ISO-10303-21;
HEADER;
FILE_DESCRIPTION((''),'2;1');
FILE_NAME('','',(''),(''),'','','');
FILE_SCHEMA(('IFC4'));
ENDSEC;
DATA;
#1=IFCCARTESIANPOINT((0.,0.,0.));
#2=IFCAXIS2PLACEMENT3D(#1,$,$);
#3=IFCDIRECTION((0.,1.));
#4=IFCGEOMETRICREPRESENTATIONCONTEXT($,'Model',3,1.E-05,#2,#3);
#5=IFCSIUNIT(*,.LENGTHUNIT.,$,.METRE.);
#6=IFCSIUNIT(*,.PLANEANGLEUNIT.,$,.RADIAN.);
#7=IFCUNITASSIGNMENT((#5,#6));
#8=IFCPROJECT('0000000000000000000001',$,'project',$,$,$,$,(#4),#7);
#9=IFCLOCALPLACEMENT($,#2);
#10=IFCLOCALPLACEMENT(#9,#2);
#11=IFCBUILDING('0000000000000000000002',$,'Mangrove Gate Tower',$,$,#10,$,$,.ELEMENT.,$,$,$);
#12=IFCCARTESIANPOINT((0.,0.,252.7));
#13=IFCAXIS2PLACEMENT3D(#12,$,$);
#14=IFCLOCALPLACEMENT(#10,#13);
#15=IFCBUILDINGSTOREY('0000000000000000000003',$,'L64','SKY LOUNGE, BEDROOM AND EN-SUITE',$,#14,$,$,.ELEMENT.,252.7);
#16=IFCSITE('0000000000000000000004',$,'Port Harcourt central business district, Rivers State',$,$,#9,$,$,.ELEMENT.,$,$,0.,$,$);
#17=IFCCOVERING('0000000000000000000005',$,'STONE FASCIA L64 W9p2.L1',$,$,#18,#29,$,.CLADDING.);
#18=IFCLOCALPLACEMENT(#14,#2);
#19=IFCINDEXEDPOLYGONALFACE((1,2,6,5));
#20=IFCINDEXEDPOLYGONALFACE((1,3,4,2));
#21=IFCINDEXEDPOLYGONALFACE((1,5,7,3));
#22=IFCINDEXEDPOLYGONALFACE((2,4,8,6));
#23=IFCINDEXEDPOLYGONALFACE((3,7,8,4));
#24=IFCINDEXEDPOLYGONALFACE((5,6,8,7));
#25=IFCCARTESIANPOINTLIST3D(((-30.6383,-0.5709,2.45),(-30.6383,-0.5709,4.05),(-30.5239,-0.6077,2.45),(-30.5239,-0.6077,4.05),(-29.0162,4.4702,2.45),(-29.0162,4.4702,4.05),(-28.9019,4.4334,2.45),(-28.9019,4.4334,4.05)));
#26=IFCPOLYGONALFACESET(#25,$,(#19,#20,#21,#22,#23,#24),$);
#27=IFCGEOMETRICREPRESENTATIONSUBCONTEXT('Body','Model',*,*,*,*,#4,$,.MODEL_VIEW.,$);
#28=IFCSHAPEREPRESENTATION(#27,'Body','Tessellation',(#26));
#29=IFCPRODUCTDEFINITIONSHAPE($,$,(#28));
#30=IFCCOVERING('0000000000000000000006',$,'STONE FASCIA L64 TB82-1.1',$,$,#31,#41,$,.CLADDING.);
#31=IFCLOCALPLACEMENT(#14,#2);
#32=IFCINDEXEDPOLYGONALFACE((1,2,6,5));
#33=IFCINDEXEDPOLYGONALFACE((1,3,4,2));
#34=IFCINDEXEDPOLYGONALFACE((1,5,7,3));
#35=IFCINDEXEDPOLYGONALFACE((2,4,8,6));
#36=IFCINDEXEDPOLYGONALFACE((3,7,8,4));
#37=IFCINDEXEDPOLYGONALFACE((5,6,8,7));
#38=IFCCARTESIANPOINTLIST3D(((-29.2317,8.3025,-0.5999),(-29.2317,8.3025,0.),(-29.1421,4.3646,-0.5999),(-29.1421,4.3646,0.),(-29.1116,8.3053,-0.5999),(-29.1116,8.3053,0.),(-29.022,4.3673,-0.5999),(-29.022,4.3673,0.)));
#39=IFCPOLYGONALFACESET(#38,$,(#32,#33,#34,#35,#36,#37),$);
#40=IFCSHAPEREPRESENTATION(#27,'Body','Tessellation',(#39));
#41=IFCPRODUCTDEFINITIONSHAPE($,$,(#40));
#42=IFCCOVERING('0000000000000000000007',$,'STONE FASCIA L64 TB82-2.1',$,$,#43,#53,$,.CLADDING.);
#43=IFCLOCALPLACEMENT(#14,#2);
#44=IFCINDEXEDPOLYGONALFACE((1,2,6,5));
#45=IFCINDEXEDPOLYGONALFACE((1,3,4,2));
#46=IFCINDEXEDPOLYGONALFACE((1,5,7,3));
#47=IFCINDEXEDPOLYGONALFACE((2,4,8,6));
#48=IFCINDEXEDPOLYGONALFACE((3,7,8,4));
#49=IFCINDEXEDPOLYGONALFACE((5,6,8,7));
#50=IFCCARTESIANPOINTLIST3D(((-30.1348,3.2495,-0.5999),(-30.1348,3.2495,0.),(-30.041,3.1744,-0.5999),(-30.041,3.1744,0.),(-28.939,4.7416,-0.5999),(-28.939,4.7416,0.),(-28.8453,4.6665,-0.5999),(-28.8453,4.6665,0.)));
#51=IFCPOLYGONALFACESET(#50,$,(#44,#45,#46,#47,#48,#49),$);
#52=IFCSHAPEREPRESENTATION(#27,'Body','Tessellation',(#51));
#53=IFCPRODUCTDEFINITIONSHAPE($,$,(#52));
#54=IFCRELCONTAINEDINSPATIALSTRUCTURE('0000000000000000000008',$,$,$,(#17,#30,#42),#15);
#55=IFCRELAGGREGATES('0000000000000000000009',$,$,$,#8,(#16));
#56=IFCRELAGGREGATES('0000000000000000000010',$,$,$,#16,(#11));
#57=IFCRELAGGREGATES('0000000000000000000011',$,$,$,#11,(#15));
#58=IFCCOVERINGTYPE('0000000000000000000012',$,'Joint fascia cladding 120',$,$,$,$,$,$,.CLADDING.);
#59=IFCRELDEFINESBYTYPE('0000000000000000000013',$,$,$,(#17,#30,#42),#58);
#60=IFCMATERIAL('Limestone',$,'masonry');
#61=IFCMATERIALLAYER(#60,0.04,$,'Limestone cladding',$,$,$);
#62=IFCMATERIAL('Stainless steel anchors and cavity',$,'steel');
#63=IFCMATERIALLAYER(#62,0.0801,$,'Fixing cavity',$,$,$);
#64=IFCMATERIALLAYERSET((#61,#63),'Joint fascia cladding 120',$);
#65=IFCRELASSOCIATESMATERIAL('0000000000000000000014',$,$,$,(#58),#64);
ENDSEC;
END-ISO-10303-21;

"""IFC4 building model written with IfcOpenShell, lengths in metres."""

from ifc_helpers import new_model, si_unit, direction, frame, frame_2d, origin, place, context, subcontext, project, spatial, rectangle, extrude, material, layer, layer_set, type_object, element, save


model = new_model("IFC4")

# Units and contexts
model_context = context("Model", 3, precision=1e-05, world=origin(), true_north=direction((0.0, 1.0)))
body_context = subcontext(model_context, "Body", "Model", "MODEL_VIEW")
ifc_project = project(units=[si_unit("LENGTHUNIT", "METRE"), si_unit("PLANEANGLEUNIT", "RADIAN")], contexts=[model_context])

# Site, building, storey
site_placement = place(None, origin())
site = spatial("IfcSite", under=ifc_project, at=site_placement, Name="Port Harcourt central business district, Rivers State", CompositionType="ELEMENT", RefElevation=0.0)
building_placement = place(site_placement, origin())
building = spatial("IfcBuilding", under=site, at=building_placement, Name="Mangrove Gate Tower", CompositionType="ELEMENT")
storey_placement = place(building_placement, frame((0.0, 0.0, 252.7)))
storey = spatial("IfcBuildingStorey", under=building, at=storey_placement, Name="L64", Description="SKY LOUNGE, BEDROOM AND EN-SUITE", CompositionType="ELEMENT", Elevation=252.7)

# Coverings
ifc_material_1 = material(Name="Limestone", Category="masonry")
ifc_layer_1 = layer(ifc_material_1, 0.04, Name="Limestone cladding")
ifc_material_2 = material(Name="Stainless steel anchors and cavity", Category="steel")
ifc_layer_2 = layer(ifc_material_2, 0.0801, Name="Fixing cavity")
ifc_layer_set_1 = layer_set([ifc_layer_1, ifc_layer_2], Name="Joint fascia cladding 120")
covering_type = type_object("IfcCoveringType", Name="Joint fascia cladding 120", PredefinedType="CLADDING", material=ifc_layer_set_1)
covering_1_placement = place(storey_placement, frame((-28.959, 4.4519, 2.45), z_axis=(0.0, 0.0, 1.0), x_axis=(-0.306308, -0.951933, 0.0)))
element("IfcCovering", 1, at=covering_1_placement, inside=storey, type_object=covering_type, Name="STONE FASCIA L64 W9p2.L1", PredefinedType="CLADDING", context=body_context, shape_type="SweptSolid", body=[
    extrude(rectangle(XDim=5.2957, YDim=0.1201, at=frame_2d((2.6479, 0.0))), origin(), (0.0, 0.0, 1.0), 1.6001),
])
covering_2_placement = place(storey_placement, frame((-29.082, 4.366, -0.5999), z_axis=(0.0, 0.0, 1.0), x_axis=(-0.022747, 0.999741, 0.0)))
element("IfcCovering", 2, at=covering_2_placement, inside=storey, type_object=covering_type, Name="STONE FASCIA L64 TB82-1.1", PredefinedType="CLADDING", context=body_context, shape_type="SweptSolid", body=[
    extrude(rectangle(XDim=3.939, YDim=0.1201, at=frame_2d((1.9695, 0.0))), origin(), (0.0, 0.0, 1.0), 0.5999),
])
covering_3_placement = place(storey_placement, frame((-30.0879, 3.2119, -0.5999), z_axis=(0.0, 0.0, 1.0), x_axis=(0.625349, 0.780345, 0.0)))
element("IfcCovering", 3, at=covering_3_placement, inside=storey, type_object=covering_type, Name="STONE FASCIA L64 TB82-2.1", PredefinedType="CLADDING", context=body_context, shape_type="SweptSolid", body=[
    extrude(rectangle(XDim=1.9121, YDim=0.1201, at=frame_2d((0.9561, 0.0))), origin(), (0.0, 0.0, 1.0), 0.5999),
])

save(model, "model.ifc")
